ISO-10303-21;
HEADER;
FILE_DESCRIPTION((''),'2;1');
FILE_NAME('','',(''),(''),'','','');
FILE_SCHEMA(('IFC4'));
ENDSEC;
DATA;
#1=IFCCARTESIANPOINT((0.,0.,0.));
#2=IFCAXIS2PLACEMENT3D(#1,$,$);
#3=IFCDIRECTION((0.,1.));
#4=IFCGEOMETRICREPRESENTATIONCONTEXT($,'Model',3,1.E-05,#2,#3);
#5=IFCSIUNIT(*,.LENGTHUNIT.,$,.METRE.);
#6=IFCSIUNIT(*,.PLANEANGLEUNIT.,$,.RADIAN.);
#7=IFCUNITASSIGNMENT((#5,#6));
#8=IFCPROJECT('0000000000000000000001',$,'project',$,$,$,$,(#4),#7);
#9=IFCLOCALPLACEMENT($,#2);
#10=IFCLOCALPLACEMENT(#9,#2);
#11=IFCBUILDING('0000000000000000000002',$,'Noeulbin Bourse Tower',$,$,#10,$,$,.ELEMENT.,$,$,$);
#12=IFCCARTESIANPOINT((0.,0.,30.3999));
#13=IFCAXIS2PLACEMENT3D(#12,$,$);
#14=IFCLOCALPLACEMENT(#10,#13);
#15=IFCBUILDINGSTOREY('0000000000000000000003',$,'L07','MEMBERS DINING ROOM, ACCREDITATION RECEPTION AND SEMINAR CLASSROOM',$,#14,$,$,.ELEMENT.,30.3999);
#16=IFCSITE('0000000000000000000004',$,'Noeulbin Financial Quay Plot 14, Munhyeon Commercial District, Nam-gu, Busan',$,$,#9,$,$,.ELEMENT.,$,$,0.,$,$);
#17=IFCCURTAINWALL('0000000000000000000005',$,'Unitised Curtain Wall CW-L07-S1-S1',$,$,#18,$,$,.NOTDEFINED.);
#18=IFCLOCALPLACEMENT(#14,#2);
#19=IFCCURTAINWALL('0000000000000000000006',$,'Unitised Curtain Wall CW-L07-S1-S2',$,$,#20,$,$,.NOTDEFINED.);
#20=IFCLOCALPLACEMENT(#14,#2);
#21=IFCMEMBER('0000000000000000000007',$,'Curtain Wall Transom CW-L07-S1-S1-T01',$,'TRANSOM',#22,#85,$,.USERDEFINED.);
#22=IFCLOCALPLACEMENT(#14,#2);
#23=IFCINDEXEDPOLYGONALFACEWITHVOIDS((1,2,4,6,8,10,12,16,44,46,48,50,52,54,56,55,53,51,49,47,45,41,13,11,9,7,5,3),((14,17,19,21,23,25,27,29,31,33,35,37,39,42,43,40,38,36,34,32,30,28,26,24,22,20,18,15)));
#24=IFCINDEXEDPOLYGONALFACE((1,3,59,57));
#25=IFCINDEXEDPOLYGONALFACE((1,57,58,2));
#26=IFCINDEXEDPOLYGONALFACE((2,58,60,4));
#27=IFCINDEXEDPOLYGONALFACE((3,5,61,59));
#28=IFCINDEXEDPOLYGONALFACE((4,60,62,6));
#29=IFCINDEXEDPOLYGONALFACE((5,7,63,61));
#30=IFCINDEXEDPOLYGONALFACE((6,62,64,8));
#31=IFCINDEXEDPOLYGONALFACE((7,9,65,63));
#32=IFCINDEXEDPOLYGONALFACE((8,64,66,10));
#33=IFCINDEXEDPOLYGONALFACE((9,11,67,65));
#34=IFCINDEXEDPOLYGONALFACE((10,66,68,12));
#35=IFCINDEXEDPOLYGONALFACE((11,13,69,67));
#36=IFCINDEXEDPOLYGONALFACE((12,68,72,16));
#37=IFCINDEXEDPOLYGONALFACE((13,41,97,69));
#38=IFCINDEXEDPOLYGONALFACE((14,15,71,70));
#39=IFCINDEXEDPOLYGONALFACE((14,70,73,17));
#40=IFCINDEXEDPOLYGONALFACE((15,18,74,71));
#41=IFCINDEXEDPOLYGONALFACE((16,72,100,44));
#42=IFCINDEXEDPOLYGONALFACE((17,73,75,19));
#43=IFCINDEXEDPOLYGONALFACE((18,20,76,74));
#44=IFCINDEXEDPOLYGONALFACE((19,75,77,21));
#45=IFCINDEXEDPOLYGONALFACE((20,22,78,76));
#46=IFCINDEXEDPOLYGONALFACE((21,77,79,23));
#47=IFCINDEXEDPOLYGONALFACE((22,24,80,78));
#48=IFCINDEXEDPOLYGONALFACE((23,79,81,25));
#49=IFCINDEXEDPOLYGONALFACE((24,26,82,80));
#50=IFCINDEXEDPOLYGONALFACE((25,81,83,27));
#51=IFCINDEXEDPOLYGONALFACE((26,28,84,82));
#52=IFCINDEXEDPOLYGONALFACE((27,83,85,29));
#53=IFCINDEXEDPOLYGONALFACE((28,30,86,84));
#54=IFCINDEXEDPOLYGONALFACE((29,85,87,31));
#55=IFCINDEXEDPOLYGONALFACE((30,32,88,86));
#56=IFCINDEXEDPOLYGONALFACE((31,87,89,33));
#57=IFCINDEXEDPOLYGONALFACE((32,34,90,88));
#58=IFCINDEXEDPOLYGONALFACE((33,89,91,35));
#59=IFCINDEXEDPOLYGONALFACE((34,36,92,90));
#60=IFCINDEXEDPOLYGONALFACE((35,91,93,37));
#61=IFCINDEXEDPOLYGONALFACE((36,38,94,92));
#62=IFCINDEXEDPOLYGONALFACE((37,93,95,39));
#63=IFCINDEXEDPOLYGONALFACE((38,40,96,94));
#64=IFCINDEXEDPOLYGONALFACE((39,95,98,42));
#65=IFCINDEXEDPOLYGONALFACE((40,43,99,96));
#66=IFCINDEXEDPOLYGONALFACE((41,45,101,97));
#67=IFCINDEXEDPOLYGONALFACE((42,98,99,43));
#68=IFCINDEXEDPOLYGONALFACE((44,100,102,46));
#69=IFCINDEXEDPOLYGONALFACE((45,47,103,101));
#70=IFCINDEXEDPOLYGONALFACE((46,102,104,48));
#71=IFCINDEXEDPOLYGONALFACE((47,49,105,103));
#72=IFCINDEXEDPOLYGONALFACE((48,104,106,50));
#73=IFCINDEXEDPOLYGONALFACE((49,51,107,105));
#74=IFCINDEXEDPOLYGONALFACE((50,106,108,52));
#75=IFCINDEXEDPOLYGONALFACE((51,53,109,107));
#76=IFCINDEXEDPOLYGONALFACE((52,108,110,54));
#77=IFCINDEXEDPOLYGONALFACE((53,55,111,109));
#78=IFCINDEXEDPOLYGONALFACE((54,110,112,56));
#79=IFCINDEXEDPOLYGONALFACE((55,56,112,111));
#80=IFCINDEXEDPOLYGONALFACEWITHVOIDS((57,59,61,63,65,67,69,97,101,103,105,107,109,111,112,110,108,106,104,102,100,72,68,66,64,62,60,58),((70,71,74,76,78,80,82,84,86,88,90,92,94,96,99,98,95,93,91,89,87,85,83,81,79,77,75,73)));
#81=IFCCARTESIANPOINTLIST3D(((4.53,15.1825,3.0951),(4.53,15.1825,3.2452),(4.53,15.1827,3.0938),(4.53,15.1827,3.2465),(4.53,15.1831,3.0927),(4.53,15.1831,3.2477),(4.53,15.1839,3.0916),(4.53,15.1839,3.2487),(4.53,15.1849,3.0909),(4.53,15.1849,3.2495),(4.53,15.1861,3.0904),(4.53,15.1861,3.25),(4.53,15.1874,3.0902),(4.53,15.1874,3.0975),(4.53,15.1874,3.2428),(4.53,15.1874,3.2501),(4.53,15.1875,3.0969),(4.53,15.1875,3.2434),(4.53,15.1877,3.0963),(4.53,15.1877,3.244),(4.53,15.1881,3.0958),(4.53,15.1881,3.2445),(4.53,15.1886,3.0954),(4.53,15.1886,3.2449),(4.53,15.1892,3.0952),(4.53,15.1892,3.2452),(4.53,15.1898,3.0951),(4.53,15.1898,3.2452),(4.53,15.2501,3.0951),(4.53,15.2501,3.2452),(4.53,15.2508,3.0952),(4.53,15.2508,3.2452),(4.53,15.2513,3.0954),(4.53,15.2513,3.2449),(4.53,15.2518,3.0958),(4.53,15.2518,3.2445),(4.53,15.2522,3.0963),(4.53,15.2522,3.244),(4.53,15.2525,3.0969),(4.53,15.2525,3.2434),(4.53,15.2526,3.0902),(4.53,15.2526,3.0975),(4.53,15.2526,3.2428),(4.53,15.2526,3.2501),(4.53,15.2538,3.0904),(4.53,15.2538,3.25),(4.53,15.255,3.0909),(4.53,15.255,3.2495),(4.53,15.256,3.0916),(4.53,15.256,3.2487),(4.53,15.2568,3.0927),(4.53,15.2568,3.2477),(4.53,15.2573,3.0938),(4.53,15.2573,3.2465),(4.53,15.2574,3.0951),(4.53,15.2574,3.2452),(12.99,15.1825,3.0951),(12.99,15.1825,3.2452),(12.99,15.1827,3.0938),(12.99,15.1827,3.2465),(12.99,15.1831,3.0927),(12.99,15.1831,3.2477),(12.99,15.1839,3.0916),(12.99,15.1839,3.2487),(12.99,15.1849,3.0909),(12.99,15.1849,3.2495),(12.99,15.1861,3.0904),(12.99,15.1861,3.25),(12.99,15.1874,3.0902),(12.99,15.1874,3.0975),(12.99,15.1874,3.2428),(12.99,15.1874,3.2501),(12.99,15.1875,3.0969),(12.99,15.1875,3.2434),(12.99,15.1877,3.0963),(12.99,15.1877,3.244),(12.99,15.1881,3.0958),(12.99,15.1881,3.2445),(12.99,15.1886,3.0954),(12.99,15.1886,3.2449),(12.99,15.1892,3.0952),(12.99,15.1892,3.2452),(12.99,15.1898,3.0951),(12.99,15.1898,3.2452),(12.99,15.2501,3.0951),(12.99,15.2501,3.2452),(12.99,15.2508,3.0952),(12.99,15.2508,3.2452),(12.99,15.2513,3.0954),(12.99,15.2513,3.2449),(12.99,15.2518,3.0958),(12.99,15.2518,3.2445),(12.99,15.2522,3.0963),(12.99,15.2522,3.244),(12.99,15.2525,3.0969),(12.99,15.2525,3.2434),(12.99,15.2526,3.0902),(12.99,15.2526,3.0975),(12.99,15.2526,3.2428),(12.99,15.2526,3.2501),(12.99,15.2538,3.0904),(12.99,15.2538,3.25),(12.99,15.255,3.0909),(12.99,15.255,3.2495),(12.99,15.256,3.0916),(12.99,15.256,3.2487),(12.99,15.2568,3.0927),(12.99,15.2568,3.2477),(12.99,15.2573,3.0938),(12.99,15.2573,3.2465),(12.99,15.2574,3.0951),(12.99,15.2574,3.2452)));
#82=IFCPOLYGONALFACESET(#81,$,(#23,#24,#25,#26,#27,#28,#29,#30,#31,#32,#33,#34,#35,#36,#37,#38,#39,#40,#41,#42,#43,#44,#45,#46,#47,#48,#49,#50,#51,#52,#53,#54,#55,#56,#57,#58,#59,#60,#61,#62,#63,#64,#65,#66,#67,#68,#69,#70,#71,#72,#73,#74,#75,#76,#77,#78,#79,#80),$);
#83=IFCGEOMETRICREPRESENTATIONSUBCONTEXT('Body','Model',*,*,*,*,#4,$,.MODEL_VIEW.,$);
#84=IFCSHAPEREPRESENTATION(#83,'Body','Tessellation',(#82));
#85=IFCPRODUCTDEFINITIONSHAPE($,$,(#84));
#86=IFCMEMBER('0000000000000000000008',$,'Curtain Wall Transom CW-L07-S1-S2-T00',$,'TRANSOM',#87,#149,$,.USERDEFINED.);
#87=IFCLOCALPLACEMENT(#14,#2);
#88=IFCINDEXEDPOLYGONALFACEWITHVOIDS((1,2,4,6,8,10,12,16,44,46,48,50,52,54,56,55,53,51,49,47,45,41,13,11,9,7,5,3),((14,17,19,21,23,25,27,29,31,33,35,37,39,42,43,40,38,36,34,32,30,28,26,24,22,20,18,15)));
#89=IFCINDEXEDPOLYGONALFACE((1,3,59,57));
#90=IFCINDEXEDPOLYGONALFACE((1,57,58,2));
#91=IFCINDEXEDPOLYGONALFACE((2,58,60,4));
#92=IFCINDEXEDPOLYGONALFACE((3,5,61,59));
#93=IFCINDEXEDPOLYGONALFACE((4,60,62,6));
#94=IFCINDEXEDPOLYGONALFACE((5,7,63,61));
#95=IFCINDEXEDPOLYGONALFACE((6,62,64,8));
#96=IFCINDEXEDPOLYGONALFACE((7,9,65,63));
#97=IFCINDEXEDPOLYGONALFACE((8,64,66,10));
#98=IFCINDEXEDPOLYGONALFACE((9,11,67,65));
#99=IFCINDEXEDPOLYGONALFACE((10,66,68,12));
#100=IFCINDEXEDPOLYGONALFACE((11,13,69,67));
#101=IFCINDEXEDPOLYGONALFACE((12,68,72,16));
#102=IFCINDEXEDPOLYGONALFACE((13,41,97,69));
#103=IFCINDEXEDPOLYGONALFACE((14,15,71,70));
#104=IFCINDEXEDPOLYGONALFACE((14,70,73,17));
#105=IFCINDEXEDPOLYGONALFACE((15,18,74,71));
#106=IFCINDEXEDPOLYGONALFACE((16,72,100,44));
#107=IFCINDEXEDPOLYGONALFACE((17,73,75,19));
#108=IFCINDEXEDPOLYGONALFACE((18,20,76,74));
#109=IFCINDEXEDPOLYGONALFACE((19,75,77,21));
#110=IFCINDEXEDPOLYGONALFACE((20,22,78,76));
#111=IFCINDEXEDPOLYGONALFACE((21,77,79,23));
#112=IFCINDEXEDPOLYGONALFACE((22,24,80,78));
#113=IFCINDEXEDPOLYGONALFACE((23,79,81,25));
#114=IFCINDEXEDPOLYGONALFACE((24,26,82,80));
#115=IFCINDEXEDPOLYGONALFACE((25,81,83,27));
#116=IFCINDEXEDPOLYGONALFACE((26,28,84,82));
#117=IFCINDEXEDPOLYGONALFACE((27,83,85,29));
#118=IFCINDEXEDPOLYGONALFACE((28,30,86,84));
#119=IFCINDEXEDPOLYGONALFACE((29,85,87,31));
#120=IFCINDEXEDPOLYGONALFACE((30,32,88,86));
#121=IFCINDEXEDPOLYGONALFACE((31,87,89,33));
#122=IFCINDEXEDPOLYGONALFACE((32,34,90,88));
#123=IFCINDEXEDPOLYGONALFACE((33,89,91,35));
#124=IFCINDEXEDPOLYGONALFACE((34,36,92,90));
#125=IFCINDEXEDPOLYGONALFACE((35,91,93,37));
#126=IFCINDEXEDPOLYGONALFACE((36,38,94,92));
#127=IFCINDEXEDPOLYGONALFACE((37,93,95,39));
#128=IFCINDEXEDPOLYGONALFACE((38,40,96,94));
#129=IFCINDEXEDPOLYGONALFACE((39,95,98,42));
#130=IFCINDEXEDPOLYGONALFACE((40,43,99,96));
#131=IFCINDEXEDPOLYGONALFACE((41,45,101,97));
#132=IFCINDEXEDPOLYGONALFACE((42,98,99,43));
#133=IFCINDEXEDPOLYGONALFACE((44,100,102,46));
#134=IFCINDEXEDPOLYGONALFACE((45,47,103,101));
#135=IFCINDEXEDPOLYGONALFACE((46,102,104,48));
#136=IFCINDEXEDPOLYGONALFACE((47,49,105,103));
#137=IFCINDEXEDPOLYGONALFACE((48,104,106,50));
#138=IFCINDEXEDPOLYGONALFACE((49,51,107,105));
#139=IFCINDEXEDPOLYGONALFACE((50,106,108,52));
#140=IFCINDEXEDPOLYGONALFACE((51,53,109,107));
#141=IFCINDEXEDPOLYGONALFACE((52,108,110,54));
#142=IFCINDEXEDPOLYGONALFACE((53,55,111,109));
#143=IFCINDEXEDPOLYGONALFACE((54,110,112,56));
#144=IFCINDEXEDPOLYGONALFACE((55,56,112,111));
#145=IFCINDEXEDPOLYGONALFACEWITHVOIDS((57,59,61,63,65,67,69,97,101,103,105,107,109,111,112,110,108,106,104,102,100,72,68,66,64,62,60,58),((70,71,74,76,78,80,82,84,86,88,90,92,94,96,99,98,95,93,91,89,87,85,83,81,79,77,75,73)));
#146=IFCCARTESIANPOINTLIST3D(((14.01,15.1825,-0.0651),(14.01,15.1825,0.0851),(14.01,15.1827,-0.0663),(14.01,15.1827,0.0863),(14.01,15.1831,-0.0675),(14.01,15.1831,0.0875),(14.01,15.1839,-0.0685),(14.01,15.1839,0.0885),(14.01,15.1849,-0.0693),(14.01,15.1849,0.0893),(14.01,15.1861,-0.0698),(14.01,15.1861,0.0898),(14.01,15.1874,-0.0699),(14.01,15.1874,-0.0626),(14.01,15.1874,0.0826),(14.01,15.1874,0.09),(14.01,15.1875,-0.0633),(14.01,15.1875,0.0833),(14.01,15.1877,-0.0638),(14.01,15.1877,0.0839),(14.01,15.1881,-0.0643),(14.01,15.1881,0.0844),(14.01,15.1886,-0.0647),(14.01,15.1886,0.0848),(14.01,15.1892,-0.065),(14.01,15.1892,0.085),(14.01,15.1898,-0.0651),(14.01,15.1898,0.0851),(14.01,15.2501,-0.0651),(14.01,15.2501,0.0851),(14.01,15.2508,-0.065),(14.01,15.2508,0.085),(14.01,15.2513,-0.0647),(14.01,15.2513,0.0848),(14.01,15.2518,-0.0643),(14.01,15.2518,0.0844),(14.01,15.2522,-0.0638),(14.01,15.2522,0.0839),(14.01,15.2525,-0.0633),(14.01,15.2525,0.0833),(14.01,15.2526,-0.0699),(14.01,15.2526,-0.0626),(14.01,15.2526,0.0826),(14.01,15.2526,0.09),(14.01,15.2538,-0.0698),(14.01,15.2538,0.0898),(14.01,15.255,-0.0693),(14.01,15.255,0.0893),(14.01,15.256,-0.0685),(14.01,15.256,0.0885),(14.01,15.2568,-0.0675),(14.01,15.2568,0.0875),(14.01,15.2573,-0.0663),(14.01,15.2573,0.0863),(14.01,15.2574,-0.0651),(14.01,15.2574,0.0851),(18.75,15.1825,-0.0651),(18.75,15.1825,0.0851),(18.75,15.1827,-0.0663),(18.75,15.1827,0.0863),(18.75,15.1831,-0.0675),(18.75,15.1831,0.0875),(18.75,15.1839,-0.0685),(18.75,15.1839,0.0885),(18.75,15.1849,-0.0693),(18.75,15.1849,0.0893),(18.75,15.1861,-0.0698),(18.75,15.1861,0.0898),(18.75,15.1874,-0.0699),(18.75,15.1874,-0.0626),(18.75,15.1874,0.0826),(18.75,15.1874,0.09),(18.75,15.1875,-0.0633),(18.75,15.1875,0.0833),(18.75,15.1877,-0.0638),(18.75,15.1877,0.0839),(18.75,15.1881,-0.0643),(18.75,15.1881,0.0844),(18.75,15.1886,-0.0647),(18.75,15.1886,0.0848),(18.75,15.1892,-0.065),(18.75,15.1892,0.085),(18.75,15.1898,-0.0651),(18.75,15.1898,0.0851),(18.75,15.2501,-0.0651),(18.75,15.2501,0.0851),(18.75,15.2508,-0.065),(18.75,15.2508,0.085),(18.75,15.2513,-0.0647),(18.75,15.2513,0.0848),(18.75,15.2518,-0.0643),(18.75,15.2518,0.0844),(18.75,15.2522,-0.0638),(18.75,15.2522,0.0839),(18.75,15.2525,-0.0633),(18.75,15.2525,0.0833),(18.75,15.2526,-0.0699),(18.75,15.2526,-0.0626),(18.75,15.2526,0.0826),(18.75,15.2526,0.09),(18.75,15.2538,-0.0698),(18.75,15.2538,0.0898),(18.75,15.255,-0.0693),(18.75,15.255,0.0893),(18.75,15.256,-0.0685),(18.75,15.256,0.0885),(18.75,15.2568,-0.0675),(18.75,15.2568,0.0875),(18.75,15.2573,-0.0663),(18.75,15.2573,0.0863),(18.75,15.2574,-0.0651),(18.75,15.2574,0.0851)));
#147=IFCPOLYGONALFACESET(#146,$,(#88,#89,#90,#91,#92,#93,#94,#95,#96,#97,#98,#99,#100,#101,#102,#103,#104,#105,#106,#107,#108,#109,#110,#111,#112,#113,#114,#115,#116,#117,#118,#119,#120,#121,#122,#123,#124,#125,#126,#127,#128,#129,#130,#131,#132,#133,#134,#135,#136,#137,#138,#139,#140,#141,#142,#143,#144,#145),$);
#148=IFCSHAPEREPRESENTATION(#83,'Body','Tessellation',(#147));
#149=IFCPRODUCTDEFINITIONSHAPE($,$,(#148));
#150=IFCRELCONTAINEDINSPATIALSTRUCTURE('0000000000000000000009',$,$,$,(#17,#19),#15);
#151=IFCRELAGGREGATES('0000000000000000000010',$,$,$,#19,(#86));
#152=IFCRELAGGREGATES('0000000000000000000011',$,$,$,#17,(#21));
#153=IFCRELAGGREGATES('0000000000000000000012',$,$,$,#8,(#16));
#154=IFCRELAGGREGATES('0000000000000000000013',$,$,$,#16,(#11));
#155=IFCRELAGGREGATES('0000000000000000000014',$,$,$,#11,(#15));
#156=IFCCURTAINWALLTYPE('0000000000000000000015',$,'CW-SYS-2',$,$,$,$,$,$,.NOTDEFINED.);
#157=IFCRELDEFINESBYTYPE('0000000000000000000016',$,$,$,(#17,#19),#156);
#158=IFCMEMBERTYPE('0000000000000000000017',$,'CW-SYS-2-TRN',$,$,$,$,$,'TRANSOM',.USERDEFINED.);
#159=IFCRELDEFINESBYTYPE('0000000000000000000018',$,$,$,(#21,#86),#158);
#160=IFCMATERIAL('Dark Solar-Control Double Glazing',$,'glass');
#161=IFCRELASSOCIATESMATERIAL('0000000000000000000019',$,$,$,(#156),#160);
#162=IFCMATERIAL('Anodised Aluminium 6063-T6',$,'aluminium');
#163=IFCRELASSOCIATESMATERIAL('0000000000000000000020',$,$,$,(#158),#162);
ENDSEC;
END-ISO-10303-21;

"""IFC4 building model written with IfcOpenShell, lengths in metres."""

from ifc_helpers import new_model, si_unit, direction, frame, origin, origin_2d, place, context, subcontext, project, spatial, hollow_rectangle, extrude, material, material_profile, profile_set, type_object, element, aggregate, save


model = new_model("IFC4")

# Units and contexts
model_context = context("Model", 3, precision=1e-05, world=origin(), true_north=direction((0.0, 1.0)))
body_context = subcontext(model_context, "Body", "Model", "MODEL_VIEW")
ifc_project = project(units=[si_unit("LENGTHUNIT", "METRE"), si_unit("PLANEANGLEUNIT", "RADIAN")], contexts=[model_context])

# Site, building, storey
site_placement = place(None, origin())
site = spatial("IfcSite", under=ifc_project, at=site_placement, Name="Noeulbin Financial Quay Plot 14, Munhyeon Commercial District, Nam-gu, Busan", CompositionType="ELEMENT", RefElevation=0.0)
building_placement = place(site_placement, origin())
building = spatial("IfcBuilding", under=site, at=building_placement, Name="Noeulbin Bourse Tower", CompositionType="ELEMENT")
storey_placement = place(building_placement, frame((0.0, 0.0, 30.3999)))
storey = spatial("IfcBuildingStorey", under=building, at=storey_placement, Name="L07", Description="MEMBERS DINING ROOM, ACCREDITATION RECEPTION AND SEMINAR CLASSROOM", CompositionType="ELEMENT", Elevation=30.3999)

# Curtain wall
ifc_material_1 = material(Name="Dark Solar-Control Double Glazing", Category="glass")
curtain_wall_type = type_object("IfcCurtainWallType", Name="CW-SYS-2", PredefinedType="NOTDEFINED", material=ifc_material_1)
curtain_wall_1_placement = place(storey_placement, origin())
curtain_wall_1 = element("IfcCurtainWall", 1, at=curtain_wall_1_placement, inside=storey, type_object=curtain_wall_type, Name="Unitised Curtain Wall CW-L07-S1-S1", PredefinedType="NOTDEFINED")
ifc_material_2 = material(Name="Anodised Aluminium 6063-T6", Category="aluminium")

# Curtain wall
curtain_wall_2_placement = place(storey_placement, origin())
curtain_wall_2 = element("IfcCurtainWall", 2, at=curtain_wall_2_placement, inside=storey, type_object=curtain_wall_type, Name="Unitised Curtain Wall CW-L07-S1-S2", PredefinedType="NOTDEFINED")

# Members
ifc_material_profile_1 = material_profile(ifc_material_2, hollow_rectangle(XDim=0.075, YDim=0.1599, WallThickness=0.0049, InnerFilletRadius=0.0024, OuterFilletRadius=0.0049, at=origin_2d()), Name="ALU-TRAN-75x160x5", Category="LoadBearing")
ifc_profile_set_1 = profile_set([ifc_material_profile_1], Name="Anodised Aluminium 6063-T6")
member_type_1 = type_object("IfcMemberType", Name="CW-SYS-2-TRN", ElementType="TRANSOM", PredefinedType="USERDEFINED", material=ifc_profile_set_1)
member_1_placement = place(storey_placement, frame((4.53, 15.22, 3.1702), z_axis=(1.0, 0.0, 0.0), x_axis=(0.0, 1.0, 0.0)))
member_1 = element("IfcMember", 3, at=member_1_placement, type_object=member_type_1, Name="Curtain Wall Transom CW-L07-S1-S1-T01", ObjectType="TRANSOM", PredefinedType="USERDEFINED", context=body_context, shape_type="SweptSolid", body=[
    extrude(hollow_rectangle(XDim=0.075, YDim=0.1599, WallThickness=0.0049, InnerFilletRadius=0.0024, OuterFilletRadius=0.0049, at=origin_2d()), origin(), (0.0, 0.0, 1.0), 8.46),
])
member_2_placement = place(storey_placement, frame((14.01, 15.22, 0.01), z_axis=(1.0, 0.0, 0.0), x_axis=(0.0, 1.0, 0.0)))
member_2 = element("IfcMember", 4, at=member_2_placement, type_object=member_type_1, Name="Curtain Wall Transom CW-L07-S1-S2-T00", ObjectType="TRANSOM", PredefinedType="USERDEFINED", context=body_context, shape_type="SweptSolid", body=[
    extrude(hollow_rectangle(XDim=0.075, YDim=0.1599, WallThickness=0.0049, InnerFilletRadius=0.0024, OuterFilletRadius=0.0049, at=origin_2d()), origin(), (0.0, 0.0, 1.0), 4.74),
])
aggregate(curtain_wall_2, [member_2])

aggregate(curtain_wall_1, [member_1])

save(model, "model.ifc")
